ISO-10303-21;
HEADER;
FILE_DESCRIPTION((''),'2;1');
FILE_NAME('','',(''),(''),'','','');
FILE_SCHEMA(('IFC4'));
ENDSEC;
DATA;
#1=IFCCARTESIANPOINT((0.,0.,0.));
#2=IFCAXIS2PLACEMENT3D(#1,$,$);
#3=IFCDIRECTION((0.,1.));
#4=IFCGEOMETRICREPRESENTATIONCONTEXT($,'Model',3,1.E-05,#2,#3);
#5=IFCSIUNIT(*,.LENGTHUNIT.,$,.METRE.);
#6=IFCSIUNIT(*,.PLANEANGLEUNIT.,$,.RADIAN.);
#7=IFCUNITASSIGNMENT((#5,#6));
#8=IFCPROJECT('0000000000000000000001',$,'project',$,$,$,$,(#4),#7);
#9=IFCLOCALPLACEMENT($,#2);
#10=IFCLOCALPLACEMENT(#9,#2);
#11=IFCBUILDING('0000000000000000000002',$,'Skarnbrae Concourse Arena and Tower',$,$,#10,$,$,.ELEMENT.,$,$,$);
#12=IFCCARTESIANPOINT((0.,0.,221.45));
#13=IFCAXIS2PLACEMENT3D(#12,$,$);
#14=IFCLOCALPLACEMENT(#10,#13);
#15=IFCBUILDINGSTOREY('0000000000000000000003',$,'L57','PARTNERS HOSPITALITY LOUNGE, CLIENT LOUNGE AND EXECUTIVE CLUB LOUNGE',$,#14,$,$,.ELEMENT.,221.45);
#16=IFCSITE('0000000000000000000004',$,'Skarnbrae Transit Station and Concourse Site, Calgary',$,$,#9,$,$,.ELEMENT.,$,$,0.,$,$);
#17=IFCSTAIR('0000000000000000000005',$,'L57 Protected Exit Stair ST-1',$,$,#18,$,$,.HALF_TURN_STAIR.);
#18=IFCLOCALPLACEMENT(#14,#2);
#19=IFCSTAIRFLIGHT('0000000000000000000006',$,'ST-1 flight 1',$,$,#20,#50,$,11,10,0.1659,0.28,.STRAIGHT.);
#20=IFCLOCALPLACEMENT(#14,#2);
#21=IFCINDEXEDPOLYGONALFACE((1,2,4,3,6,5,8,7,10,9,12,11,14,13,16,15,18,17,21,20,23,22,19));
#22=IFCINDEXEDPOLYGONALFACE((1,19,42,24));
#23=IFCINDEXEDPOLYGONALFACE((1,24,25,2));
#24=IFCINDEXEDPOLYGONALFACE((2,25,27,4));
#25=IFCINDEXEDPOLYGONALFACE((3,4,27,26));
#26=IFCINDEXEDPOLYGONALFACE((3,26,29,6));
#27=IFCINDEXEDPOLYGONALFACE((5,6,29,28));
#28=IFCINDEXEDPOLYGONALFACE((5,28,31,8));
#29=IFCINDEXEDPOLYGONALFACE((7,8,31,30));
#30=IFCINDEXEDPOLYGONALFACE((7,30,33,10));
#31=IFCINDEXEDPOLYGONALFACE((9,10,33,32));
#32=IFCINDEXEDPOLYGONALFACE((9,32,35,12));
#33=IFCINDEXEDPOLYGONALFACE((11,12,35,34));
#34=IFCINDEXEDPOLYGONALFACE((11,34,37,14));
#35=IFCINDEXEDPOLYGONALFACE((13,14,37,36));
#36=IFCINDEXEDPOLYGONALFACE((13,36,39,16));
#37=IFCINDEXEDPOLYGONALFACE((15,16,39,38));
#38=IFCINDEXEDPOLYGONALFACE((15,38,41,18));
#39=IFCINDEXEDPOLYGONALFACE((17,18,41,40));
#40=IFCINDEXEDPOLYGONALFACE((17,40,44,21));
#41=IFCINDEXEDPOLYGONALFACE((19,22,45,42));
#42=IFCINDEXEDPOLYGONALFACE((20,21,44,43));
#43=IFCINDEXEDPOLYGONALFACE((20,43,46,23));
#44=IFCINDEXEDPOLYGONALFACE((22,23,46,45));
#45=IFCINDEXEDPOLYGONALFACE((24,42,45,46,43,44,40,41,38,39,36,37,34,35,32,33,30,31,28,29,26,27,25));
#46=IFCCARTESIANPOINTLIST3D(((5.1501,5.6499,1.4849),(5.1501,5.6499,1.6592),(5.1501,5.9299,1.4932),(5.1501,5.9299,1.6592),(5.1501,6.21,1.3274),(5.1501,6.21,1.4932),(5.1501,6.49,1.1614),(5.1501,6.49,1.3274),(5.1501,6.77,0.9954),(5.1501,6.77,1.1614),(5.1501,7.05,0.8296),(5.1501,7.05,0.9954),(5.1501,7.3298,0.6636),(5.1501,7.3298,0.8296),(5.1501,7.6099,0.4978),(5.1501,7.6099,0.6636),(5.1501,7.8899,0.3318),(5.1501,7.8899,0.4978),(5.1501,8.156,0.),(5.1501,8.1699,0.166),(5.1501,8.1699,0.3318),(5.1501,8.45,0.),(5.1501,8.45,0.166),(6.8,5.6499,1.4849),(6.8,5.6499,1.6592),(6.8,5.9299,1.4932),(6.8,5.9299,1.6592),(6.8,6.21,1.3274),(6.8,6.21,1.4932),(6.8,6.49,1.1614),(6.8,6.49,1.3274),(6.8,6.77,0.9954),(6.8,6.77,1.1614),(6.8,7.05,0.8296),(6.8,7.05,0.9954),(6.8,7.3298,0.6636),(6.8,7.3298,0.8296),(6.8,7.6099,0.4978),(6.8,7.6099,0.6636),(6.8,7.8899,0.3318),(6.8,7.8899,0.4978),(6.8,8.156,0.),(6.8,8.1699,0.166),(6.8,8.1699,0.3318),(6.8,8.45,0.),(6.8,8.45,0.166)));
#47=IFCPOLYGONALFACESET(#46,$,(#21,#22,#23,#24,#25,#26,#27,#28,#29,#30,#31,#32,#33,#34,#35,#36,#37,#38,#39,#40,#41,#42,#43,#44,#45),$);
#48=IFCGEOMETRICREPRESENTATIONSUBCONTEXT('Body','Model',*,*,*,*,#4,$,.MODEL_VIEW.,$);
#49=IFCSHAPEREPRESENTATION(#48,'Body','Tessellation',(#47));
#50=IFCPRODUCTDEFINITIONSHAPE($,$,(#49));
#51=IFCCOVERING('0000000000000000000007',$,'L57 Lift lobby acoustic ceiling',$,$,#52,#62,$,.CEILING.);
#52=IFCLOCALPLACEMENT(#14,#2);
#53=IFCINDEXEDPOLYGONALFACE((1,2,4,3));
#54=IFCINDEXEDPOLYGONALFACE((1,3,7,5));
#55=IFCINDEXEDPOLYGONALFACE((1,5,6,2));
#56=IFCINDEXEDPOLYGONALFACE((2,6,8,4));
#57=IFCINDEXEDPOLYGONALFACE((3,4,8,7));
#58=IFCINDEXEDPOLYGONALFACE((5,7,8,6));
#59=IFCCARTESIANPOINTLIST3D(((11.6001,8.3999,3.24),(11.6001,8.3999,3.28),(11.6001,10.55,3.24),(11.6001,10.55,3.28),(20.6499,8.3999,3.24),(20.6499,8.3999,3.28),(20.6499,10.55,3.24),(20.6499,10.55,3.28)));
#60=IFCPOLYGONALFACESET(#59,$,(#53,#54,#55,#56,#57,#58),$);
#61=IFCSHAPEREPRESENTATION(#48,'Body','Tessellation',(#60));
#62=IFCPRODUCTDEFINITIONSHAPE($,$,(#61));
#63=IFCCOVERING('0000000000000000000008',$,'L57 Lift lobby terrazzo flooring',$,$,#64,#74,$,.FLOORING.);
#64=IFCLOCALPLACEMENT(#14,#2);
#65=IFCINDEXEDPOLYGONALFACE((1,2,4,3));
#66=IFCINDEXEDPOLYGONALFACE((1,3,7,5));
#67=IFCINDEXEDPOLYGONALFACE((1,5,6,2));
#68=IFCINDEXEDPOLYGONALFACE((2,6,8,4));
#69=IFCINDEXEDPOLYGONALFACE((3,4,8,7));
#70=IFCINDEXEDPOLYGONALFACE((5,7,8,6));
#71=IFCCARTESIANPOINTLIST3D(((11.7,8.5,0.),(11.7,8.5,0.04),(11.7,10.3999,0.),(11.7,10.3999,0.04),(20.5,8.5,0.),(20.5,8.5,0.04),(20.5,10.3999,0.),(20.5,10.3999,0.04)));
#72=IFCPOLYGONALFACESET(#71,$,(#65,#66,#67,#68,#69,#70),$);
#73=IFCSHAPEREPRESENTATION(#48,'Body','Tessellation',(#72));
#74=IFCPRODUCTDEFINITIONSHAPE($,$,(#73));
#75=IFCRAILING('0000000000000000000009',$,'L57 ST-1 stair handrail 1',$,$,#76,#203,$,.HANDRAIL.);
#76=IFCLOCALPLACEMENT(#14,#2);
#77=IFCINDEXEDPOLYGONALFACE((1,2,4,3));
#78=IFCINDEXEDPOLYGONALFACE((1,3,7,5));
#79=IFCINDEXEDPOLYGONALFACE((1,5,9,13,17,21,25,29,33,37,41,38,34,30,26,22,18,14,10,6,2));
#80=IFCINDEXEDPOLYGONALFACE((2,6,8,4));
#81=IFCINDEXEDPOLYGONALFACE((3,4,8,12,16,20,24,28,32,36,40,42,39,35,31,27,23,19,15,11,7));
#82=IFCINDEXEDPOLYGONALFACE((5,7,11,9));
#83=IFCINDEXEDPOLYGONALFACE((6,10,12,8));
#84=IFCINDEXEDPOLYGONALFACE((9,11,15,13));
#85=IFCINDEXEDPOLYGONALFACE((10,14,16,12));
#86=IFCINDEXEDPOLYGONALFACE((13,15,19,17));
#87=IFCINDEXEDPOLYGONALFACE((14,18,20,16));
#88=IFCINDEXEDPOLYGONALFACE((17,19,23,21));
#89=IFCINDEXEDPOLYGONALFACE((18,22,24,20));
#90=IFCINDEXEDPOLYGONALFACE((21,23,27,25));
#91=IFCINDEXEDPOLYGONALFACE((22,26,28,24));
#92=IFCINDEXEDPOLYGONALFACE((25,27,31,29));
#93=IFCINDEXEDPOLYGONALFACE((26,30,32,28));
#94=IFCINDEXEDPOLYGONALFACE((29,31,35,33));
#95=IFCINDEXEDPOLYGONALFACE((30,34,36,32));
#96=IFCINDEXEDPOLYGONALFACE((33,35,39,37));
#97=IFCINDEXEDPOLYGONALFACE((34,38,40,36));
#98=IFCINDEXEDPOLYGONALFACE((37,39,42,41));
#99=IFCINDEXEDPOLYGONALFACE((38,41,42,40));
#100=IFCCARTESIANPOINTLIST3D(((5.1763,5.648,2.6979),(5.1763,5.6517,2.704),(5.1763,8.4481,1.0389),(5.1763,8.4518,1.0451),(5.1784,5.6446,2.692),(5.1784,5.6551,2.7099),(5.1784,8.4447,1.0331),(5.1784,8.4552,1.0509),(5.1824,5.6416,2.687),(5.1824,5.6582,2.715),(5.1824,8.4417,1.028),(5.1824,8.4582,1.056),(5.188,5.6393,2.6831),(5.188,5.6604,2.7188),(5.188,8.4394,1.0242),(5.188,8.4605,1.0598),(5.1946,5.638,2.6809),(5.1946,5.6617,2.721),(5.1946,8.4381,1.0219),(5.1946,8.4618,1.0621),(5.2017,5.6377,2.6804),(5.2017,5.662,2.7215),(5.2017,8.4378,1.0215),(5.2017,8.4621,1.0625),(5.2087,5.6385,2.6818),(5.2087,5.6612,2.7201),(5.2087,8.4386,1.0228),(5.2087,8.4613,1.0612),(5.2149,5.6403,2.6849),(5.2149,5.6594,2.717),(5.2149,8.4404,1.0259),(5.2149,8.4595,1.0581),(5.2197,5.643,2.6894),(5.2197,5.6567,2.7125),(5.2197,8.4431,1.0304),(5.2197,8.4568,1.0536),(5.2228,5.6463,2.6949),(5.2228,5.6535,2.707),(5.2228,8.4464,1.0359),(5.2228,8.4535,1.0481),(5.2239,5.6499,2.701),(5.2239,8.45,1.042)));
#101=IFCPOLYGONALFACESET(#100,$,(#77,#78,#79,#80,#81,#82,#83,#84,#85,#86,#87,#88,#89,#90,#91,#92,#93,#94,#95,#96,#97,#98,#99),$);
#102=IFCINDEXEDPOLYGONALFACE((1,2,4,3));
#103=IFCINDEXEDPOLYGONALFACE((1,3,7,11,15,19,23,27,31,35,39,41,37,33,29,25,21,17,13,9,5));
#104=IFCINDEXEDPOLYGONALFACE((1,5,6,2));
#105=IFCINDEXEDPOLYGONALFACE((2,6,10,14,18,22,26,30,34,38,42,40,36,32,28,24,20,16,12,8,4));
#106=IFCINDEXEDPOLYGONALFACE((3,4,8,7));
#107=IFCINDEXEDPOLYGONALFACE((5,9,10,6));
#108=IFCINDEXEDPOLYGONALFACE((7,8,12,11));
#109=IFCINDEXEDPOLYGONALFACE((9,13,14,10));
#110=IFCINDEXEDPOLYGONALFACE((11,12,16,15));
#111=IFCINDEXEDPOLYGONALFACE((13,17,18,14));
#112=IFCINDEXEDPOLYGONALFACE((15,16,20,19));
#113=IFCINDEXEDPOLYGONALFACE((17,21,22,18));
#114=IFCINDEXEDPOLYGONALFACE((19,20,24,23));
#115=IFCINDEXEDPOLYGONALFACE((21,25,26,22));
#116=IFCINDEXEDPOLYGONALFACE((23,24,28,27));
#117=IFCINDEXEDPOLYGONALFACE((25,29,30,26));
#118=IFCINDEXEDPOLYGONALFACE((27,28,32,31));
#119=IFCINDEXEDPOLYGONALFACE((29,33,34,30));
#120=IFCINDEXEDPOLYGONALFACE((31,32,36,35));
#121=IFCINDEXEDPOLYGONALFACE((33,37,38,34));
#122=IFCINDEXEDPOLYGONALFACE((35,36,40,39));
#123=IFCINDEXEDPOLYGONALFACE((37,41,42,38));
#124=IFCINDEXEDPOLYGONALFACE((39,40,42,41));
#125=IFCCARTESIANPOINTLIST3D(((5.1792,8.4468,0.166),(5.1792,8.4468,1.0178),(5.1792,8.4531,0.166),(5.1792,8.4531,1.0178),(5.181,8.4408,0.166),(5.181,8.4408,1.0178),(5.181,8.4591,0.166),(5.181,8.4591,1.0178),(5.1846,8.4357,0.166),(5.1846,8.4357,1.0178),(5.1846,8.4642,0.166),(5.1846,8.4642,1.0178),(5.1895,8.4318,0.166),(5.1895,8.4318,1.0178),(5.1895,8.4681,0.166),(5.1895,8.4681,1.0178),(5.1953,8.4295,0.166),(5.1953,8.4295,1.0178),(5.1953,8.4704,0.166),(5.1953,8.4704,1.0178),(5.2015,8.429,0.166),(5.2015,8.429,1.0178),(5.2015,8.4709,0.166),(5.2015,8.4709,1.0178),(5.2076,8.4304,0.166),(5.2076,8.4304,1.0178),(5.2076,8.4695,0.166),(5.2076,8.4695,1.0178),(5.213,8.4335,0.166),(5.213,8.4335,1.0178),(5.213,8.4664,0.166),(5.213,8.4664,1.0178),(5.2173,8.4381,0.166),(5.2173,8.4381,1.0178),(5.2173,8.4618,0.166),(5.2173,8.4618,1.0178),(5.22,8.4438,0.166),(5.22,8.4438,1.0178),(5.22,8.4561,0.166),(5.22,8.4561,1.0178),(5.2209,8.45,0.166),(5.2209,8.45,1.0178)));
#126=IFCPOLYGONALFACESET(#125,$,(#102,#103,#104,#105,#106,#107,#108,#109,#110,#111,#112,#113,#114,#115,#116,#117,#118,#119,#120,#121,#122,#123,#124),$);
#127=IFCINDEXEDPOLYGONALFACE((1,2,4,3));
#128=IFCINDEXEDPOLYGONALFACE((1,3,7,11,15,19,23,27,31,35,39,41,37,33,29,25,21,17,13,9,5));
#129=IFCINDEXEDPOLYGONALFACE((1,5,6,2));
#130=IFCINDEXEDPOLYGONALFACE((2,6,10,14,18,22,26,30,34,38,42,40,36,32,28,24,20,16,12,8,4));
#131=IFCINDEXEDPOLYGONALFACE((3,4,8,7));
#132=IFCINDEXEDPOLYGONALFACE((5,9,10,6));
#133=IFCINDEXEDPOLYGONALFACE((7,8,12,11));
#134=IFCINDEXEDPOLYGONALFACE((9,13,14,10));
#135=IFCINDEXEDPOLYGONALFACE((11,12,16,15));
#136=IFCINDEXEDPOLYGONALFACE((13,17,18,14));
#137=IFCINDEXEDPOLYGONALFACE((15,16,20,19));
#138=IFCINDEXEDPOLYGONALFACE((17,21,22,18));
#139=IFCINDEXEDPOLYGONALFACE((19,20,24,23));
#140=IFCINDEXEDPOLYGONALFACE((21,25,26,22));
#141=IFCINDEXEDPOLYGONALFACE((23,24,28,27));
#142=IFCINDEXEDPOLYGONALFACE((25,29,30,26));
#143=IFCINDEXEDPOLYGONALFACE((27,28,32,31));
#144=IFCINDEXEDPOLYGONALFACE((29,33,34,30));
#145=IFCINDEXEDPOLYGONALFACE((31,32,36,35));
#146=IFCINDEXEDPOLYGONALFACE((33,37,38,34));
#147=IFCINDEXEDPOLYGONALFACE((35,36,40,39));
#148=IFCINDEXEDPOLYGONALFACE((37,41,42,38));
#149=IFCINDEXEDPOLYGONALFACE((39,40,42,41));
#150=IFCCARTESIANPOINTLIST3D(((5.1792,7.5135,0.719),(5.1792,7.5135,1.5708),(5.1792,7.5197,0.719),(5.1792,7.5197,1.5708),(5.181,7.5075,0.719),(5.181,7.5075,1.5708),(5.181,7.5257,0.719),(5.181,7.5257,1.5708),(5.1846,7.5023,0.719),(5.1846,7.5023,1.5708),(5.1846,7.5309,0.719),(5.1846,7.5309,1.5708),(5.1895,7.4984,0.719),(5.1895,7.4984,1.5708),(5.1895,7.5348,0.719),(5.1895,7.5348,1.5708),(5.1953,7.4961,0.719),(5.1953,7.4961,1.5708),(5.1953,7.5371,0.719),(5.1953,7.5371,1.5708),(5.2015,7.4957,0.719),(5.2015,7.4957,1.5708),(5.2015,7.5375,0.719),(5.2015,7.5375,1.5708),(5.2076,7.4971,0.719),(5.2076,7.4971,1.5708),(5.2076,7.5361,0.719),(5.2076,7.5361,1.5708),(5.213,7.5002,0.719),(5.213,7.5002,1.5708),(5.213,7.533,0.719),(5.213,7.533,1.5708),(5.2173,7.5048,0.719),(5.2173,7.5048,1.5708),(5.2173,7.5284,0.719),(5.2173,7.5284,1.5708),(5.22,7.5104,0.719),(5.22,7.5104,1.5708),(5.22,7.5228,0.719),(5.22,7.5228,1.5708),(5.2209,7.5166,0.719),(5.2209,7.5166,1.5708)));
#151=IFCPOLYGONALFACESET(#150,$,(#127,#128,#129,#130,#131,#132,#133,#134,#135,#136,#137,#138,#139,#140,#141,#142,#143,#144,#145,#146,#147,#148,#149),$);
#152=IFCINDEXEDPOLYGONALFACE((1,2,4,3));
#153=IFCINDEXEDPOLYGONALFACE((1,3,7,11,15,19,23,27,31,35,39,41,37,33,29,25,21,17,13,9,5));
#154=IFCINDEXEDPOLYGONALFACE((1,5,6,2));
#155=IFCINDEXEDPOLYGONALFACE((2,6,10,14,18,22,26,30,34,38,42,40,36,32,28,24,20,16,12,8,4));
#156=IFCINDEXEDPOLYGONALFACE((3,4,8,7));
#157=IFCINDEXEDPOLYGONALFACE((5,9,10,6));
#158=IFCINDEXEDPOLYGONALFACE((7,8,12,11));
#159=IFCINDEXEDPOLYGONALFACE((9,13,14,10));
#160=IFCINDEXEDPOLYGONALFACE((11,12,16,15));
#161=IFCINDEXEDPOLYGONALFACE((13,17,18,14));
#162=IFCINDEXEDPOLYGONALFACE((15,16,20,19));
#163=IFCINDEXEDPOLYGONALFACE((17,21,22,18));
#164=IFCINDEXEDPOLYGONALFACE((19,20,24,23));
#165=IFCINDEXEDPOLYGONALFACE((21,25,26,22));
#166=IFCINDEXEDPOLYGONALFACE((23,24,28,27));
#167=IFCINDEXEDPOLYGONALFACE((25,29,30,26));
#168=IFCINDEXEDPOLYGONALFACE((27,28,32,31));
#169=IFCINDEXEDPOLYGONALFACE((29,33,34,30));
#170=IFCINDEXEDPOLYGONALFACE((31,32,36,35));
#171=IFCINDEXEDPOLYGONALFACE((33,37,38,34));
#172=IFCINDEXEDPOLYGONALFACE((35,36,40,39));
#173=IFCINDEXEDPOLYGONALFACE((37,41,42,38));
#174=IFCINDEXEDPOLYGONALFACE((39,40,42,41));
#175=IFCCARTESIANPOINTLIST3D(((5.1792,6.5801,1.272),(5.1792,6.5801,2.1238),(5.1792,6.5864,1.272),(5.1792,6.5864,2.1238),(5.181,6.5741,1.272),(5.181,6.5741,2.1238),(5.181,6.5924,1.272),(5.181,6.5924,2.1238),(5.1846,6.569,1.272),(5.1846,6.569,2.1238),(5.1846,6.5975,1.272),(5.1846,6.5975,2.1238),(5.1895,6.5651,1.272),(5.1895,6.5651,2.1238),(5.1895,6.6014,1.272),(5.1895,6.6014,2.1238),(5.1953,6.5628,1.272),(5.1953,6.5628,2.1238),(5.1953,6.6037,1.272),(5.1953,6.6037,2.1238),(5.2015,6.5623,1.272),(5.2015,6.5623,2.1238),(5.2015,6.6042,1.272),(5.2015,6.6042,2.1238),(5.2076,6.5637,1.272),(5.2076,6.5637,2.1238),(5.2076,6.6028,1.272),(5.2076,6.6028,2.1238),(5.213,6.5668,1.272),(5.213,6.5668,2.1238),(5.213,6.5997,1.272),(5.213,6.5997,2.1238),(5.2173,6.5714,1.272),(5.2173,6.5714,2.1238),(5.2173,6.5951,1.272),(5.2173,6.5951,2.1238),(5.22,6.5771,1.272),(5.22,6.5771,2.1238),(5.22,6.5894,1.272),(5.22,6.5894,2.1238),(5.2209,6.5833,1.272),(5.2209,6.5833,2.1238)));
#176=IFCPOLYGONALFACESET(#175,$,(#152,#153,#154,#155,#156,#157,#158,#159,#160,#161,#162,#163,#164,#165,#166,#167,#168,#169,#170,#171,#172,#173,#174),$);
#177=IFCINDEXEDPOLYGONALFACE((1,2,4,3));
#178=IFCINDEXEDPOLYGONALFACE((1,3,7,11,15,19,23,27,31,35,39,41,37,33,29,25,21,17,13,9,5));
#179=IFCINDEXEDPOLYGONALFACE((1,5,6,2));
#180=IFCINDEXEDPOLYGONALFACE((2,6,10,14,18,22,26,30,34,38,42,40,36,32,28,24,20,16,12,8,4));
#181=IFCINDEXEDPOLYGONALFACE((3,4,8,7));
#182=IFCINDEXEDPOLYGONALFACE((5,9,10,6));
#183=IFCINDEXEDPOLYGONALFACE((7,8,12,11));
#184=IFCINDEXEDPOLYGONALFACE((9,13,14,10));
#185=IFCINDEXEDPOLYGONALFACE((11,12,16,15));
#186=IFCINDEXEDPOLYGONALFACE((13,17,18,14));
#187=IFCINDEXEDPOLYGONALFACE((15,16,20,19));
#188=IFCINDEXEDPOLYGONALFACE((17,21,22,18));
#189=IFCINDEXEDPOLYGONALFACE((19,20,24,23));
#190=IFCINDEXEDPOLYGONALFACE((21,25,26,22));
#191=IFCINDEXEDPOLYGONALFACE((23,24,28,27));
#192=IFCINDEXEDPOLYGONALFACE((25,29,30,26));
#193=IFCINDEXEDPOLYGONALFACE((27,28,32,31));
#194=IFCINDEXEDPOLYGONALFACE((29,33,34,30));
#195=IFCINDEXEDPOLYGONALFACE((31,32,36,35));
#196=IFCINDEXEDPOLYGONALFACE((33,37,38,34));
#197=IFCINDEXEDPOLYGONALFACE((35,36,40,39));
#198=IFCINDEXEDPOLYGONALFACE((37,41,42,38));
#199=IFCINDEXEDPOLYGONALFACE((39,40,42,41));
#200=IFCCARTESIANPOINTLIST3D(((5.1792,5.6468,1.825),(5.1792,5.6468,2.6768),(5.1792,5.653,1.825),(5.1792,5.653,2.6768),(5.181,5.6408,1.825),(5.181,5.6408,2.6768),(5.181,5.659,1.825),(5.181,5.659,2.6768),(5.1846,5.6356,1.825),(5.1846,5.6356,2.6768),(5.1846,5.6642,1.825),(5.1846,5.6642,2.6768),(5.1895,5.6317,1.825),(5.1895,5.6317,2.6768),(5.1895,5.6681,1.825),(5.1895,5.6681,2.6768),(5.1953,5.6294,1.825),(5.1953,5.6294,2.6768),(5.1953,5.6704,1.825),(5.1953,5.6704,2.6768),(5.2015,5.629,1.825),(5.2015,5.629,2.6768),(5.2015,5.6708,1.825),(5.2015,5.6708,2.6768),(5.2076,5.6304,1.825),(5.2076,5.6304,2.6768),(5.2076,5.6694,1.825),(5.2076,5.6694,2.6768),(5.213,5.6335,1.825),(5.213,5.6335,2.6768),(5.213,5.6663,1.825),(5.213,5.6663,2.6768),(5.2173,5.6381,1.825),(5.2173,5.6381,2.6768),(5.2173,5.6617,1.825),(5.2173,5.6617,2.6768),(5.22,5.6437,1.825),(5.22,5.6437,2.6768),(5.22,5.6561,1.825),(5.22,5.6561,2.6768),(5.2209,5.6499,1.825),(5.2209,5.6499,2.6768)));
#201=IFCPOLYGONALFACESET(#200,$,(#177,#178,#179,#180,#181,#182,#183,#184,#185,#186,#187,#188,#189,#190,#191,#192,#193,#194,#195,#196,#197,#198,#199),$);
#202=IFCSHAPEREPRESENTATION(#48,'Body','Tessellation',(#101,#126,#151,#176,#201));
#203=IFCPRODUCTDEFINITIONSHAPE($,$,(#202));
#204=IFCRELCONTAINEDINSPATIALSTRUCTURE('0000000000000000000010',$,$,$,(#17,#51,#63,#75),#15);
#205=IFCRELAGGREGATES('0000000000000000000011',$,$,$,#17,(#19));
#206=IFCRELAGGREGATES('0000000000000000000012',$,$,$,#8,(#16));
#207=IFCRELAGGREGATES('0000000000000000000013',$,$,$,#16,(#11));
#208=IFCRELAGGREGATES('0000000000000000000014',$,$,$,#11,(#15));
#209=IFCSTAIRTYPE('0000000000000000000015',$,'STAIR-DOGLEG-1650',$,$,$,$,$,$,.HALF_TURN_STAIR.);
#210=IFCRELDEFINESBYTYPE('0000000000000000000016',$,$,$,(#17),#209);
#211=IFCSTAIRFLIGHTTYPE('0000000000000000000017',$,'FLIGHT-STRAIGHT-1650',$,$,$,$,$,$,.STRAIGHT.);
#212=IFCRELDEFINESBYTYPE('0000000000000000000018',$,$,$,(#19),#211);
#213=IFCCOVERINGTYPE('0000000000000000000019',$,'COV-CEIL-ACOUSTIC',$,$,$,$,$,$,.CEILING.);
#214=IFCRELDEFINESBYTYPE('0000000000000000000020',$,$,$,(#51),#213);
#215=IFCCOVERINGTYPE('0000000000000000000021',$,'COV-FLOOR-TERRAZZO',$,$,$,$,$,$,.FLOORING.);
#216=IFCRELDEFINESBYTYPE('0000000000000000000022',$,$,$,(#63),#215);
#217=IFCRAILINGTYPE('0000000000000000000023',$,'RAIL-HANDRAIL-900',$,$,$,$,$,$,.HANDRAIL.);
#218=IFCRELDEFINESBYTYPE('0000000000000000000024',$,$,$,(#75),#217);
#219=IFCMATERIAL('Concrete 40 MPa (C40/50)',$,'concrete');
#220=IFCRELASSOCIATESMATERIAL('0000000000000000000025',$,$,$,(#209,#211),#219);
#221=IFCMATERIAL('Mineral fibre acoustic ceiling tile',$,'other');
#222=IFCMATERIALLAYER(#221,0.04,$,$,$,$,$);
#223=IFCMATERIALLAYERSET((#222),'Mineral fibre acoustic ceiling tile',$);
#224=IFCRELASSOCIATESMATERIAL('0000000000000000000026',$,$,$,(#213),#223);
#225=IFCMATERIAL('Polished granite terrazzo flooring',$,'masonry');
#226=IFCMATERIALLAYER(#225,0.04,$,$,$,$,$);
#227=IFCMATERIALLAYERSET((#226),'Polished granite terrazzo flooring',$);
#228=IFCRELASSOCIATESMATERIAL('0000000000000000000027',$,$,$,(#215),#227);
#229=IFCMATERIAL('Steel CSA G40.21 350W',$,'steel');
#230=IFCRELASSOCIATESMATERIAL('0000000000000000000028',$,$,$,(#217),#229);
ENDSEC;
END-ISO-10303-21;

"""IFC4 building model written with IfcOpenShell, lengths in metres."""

from ifc_helpers import new_model, si_unit, direction, frame, origin, origin_2d, place, context, subcontext, project, spatial, polyline, circle, outline, extrude, source, transform, mapped, material, layer, layer_set, type_object, element, aggregate, save


model = new_model("IFC4")

# Units and contexts
model_context = context("Model", 3, precision=1e-05, world=origin(), true_north=direction((0.0, 1.0)))
body_context = subcontext(model_context, "Body", "Model", "MODEL_VIEW")
ifc_project = project(units=[si_unit("LENGTHUNIT", "METRE"), si_unit("PLANEANGLEUNIT", "RADIAN")], contexts=[model_context])

# Site, building, storey
site_placement = place(None, origin())
site = spatial("IfcSite", under=ifc_project, at=site_placement, Name="Skarnbrae Transit Station and Concourse Site, Calgary", CompositionType="ELEMENT", RefElevation=0.0)
building_placement = place(site_placement, origin())
building = spatial("IfcBuilding", under=site, at=building_placement, Name="Skarnbrae Concourse Arena and Tower", CompositionType="ELEMENT")
storey_placement = place(building_placement, frame((0.0, 0.0, 221.45)))
storey = spatial("IfcBuildingStorey", under=building, at=storey_placement, Name="L57", Description="PARTNERS HOSPITALITY LOUNGE, CLIENT LOUNGE AND EXECUTIVE CLUB LOUNGE", CompositionType="ELEMENT", Elevation=221.45)

# Shared definitions
ifc_material_1 = material(Name="Steel CSA G40.21 350W", Category="steel")

# Stair
ifc_material_2 = material(Name="Concrete 40 MPa (C40/50)", Category="concrete")
stair_type = type_object("IfcStairType", Name="STAIR-DOGLEG-1650", PredefinedType="HALF_TURN_STAIR", material=ifc_material_2)
stair_1_placement = place(storey_placement, origin())
stair_1 = element("IfcStair", 1, at=stair_1_placement, inside=storey, type_object=stair_type, Name="L57 Protected Exit Stair ST-1", PredefinedType="HALF_TURN_STAIR")

# Stair flight
stair_flight_type = type_object("IfcStairFlightType", Name="FLIGHT-STRAIGHT-1650", PredefinedType="STRAIGHT", material=ifc_material_2)
shared_shape_1 = source(origin(), body_context, "Body", "SweptSolid", [
    extrude(outline(polyline([(0.0, 0.0), (0.0, 0.166), (0.28, 0.166), (0.28, 0.3318), (0.5601, 0.3318), (0.5601, 0.4978), (0.8401, 0.4978), (0.8401, 0.6636), (1.1201, 0.6636), (1.1201, 0.8296), (1.3999, 0.8296), (1.3999, 0.9954), (1.6799, 0.9954), (1.6799, 1.1614), (1.96, 1.1614), (1.96, 1.3274), (2.24, 1.3274), (2.24, 1.4932), (2.52, 1.4932), (2.52, 1.6592), (2.8, 1.6592), (2.8, 1.825), (2.8, 1.4849), (0.2939, 0.0), (0.0, 0.0)])), frame((0.0, 0.825, 0.0), z_axis=(0.0, -1.0, 0.0), x_axis=(1.0, 0.0, 0.0)), (0.0, 0.0, 1.0), 1.6499),
])
stair_flight_placement = place(storey_placement, frame((5.9751, 8.45, 0.0), z_axis=(0.0, 0.0, 1.0), x_axis=(0.0, -1.0, 0.0)))
stair_flight = element("IfcStairFlight", 2, at=stair_flight_placement, type_object=stair_flight_type, Name="ST-1 flight 1", NumberOfRisers=11, NumberOfTreads=10, PredefinedType="STRAIGHT", RiserHeight=0.1659, TreadLength=0.28, context=body_context, shape_type="MappedRepresentation", body=[
    mapped(shared_shape_1, transform((0.0, 0.0, 0.0))),
])
aggregate(stair_1, [stair_flight])

# Coverings
ifc_material_3 = material(Name="Mineral fibre acoustic ceiling tile", Category="other")
ifc_layer_1 = layer(ifc_material_3, 0.04)
ifc_layer_set_1 = layer_set([ifc_layer_1], Name="Mineral fibre acoustic ceiling tile")
covering_type_1 = type_object("IfcCoveringType", Name="COV-CEIL-ACOUSTIC", PredefinedType="CEILING", material=ifc_layer_set_1)
covering_1_placement = place(storey_placement, frame((0.0, 0.0, 3.24)))
element("IfcCovering", 3, at=covering_1_placement, inside=storey, type_object=covering_type_1, Name="L57 Lift lobby acoustic ceiling", PredefinedType="CEILING", context=body_context, shape_type="SweptSolid", body=[
    extrude(outline(polyline([(11.6001, 8.3999), (20.6499, 8.3999), (20.6499, 10.55), (11.6001, 10.55), (11.6001, 8.3999)])), origin(), (0.0, 0.0, 1.0), 0.04),
])
ifc_material_4 = material(Name="Polished granite terrazzo flooring", Category="masonry")
ifc_layer_2 = layer(ifc_material_4, 0.04)
ifc_layer_set_2 = layer_set([ifc_layer_2], Name="Polished granite terrazzo flooring")
covering_type_2 = type_object("IfcCoveringType", Name="COV-FLOOR-TERRAZZO", PredefinedType="FLOORING", material=ifc_layer_set_2)
covering_2_placement = place(storey_placement, origin())
element("IfcCovering", 4, at=covering_2_placement, inside=storey, type_object=covering_type_2, Name="L57 Lift lobby terrazzo flooring", PredefinedType="FLOORING", context=body_context, shape_type="SweptSolid", body=[
    extrude(outline(polyline([(11.7, 8.5), (20.5, 8.5), (20.5, 10.3999), (11.7, 10.3999), (11.7, 8.5)])), origin(), (0.0, 0.0, 1.0), 0.04),
])

# Railing
railing_type = type_object("IfcRailingType", Name="RAIL-HANDRAIL-900", PredefinedType="HANDRAIL", material=ifc_material_1)
railing_placement = place(storey_placement, frame((5.2, 8.45, 0.166)))
element("IfcRailing", 5, at=railing_placement, inside=storey, type_object=railing_type, Name="L57 ST-1 stair handrail 1", PredefinedType="HANDRAIL", context=body_context, shape_type="SweptSolid", body=[
    extrude(circle(Radius=0.0239, at=origin_2d()), frame((0.0, 0.0, 0.876), z_axis=(0.0, -0.860339, 0.509722), x_axis=(1.0, 0.0, 0.0)), (0.0, 0.0, 1.0), 3.2546),
    extrude(circle(Radius=0.021, at=origin_2d()), origin(), (0.0, 0.0, 1.0), 0.8518),
    extrude(circle(Radius=0.021, at=origin_2d()), frame((0.0, -0.9333, 0.553)), (0.0, 0.0, 1.0), 0.8518),
    extrude(circle(Radius=0.021, at=origin_2d()), frame((0.0, -1.8667, 1.106)), (0.0, 0.0, 1.0), 0.8518),
    extrude(circle(Radius=0.021, at=origin_2d()), frame((0.0, -2.8, 1.6589)), (0.0, 0.0, 1.0), 0.8518),
])

save(model, "model.ifc")
